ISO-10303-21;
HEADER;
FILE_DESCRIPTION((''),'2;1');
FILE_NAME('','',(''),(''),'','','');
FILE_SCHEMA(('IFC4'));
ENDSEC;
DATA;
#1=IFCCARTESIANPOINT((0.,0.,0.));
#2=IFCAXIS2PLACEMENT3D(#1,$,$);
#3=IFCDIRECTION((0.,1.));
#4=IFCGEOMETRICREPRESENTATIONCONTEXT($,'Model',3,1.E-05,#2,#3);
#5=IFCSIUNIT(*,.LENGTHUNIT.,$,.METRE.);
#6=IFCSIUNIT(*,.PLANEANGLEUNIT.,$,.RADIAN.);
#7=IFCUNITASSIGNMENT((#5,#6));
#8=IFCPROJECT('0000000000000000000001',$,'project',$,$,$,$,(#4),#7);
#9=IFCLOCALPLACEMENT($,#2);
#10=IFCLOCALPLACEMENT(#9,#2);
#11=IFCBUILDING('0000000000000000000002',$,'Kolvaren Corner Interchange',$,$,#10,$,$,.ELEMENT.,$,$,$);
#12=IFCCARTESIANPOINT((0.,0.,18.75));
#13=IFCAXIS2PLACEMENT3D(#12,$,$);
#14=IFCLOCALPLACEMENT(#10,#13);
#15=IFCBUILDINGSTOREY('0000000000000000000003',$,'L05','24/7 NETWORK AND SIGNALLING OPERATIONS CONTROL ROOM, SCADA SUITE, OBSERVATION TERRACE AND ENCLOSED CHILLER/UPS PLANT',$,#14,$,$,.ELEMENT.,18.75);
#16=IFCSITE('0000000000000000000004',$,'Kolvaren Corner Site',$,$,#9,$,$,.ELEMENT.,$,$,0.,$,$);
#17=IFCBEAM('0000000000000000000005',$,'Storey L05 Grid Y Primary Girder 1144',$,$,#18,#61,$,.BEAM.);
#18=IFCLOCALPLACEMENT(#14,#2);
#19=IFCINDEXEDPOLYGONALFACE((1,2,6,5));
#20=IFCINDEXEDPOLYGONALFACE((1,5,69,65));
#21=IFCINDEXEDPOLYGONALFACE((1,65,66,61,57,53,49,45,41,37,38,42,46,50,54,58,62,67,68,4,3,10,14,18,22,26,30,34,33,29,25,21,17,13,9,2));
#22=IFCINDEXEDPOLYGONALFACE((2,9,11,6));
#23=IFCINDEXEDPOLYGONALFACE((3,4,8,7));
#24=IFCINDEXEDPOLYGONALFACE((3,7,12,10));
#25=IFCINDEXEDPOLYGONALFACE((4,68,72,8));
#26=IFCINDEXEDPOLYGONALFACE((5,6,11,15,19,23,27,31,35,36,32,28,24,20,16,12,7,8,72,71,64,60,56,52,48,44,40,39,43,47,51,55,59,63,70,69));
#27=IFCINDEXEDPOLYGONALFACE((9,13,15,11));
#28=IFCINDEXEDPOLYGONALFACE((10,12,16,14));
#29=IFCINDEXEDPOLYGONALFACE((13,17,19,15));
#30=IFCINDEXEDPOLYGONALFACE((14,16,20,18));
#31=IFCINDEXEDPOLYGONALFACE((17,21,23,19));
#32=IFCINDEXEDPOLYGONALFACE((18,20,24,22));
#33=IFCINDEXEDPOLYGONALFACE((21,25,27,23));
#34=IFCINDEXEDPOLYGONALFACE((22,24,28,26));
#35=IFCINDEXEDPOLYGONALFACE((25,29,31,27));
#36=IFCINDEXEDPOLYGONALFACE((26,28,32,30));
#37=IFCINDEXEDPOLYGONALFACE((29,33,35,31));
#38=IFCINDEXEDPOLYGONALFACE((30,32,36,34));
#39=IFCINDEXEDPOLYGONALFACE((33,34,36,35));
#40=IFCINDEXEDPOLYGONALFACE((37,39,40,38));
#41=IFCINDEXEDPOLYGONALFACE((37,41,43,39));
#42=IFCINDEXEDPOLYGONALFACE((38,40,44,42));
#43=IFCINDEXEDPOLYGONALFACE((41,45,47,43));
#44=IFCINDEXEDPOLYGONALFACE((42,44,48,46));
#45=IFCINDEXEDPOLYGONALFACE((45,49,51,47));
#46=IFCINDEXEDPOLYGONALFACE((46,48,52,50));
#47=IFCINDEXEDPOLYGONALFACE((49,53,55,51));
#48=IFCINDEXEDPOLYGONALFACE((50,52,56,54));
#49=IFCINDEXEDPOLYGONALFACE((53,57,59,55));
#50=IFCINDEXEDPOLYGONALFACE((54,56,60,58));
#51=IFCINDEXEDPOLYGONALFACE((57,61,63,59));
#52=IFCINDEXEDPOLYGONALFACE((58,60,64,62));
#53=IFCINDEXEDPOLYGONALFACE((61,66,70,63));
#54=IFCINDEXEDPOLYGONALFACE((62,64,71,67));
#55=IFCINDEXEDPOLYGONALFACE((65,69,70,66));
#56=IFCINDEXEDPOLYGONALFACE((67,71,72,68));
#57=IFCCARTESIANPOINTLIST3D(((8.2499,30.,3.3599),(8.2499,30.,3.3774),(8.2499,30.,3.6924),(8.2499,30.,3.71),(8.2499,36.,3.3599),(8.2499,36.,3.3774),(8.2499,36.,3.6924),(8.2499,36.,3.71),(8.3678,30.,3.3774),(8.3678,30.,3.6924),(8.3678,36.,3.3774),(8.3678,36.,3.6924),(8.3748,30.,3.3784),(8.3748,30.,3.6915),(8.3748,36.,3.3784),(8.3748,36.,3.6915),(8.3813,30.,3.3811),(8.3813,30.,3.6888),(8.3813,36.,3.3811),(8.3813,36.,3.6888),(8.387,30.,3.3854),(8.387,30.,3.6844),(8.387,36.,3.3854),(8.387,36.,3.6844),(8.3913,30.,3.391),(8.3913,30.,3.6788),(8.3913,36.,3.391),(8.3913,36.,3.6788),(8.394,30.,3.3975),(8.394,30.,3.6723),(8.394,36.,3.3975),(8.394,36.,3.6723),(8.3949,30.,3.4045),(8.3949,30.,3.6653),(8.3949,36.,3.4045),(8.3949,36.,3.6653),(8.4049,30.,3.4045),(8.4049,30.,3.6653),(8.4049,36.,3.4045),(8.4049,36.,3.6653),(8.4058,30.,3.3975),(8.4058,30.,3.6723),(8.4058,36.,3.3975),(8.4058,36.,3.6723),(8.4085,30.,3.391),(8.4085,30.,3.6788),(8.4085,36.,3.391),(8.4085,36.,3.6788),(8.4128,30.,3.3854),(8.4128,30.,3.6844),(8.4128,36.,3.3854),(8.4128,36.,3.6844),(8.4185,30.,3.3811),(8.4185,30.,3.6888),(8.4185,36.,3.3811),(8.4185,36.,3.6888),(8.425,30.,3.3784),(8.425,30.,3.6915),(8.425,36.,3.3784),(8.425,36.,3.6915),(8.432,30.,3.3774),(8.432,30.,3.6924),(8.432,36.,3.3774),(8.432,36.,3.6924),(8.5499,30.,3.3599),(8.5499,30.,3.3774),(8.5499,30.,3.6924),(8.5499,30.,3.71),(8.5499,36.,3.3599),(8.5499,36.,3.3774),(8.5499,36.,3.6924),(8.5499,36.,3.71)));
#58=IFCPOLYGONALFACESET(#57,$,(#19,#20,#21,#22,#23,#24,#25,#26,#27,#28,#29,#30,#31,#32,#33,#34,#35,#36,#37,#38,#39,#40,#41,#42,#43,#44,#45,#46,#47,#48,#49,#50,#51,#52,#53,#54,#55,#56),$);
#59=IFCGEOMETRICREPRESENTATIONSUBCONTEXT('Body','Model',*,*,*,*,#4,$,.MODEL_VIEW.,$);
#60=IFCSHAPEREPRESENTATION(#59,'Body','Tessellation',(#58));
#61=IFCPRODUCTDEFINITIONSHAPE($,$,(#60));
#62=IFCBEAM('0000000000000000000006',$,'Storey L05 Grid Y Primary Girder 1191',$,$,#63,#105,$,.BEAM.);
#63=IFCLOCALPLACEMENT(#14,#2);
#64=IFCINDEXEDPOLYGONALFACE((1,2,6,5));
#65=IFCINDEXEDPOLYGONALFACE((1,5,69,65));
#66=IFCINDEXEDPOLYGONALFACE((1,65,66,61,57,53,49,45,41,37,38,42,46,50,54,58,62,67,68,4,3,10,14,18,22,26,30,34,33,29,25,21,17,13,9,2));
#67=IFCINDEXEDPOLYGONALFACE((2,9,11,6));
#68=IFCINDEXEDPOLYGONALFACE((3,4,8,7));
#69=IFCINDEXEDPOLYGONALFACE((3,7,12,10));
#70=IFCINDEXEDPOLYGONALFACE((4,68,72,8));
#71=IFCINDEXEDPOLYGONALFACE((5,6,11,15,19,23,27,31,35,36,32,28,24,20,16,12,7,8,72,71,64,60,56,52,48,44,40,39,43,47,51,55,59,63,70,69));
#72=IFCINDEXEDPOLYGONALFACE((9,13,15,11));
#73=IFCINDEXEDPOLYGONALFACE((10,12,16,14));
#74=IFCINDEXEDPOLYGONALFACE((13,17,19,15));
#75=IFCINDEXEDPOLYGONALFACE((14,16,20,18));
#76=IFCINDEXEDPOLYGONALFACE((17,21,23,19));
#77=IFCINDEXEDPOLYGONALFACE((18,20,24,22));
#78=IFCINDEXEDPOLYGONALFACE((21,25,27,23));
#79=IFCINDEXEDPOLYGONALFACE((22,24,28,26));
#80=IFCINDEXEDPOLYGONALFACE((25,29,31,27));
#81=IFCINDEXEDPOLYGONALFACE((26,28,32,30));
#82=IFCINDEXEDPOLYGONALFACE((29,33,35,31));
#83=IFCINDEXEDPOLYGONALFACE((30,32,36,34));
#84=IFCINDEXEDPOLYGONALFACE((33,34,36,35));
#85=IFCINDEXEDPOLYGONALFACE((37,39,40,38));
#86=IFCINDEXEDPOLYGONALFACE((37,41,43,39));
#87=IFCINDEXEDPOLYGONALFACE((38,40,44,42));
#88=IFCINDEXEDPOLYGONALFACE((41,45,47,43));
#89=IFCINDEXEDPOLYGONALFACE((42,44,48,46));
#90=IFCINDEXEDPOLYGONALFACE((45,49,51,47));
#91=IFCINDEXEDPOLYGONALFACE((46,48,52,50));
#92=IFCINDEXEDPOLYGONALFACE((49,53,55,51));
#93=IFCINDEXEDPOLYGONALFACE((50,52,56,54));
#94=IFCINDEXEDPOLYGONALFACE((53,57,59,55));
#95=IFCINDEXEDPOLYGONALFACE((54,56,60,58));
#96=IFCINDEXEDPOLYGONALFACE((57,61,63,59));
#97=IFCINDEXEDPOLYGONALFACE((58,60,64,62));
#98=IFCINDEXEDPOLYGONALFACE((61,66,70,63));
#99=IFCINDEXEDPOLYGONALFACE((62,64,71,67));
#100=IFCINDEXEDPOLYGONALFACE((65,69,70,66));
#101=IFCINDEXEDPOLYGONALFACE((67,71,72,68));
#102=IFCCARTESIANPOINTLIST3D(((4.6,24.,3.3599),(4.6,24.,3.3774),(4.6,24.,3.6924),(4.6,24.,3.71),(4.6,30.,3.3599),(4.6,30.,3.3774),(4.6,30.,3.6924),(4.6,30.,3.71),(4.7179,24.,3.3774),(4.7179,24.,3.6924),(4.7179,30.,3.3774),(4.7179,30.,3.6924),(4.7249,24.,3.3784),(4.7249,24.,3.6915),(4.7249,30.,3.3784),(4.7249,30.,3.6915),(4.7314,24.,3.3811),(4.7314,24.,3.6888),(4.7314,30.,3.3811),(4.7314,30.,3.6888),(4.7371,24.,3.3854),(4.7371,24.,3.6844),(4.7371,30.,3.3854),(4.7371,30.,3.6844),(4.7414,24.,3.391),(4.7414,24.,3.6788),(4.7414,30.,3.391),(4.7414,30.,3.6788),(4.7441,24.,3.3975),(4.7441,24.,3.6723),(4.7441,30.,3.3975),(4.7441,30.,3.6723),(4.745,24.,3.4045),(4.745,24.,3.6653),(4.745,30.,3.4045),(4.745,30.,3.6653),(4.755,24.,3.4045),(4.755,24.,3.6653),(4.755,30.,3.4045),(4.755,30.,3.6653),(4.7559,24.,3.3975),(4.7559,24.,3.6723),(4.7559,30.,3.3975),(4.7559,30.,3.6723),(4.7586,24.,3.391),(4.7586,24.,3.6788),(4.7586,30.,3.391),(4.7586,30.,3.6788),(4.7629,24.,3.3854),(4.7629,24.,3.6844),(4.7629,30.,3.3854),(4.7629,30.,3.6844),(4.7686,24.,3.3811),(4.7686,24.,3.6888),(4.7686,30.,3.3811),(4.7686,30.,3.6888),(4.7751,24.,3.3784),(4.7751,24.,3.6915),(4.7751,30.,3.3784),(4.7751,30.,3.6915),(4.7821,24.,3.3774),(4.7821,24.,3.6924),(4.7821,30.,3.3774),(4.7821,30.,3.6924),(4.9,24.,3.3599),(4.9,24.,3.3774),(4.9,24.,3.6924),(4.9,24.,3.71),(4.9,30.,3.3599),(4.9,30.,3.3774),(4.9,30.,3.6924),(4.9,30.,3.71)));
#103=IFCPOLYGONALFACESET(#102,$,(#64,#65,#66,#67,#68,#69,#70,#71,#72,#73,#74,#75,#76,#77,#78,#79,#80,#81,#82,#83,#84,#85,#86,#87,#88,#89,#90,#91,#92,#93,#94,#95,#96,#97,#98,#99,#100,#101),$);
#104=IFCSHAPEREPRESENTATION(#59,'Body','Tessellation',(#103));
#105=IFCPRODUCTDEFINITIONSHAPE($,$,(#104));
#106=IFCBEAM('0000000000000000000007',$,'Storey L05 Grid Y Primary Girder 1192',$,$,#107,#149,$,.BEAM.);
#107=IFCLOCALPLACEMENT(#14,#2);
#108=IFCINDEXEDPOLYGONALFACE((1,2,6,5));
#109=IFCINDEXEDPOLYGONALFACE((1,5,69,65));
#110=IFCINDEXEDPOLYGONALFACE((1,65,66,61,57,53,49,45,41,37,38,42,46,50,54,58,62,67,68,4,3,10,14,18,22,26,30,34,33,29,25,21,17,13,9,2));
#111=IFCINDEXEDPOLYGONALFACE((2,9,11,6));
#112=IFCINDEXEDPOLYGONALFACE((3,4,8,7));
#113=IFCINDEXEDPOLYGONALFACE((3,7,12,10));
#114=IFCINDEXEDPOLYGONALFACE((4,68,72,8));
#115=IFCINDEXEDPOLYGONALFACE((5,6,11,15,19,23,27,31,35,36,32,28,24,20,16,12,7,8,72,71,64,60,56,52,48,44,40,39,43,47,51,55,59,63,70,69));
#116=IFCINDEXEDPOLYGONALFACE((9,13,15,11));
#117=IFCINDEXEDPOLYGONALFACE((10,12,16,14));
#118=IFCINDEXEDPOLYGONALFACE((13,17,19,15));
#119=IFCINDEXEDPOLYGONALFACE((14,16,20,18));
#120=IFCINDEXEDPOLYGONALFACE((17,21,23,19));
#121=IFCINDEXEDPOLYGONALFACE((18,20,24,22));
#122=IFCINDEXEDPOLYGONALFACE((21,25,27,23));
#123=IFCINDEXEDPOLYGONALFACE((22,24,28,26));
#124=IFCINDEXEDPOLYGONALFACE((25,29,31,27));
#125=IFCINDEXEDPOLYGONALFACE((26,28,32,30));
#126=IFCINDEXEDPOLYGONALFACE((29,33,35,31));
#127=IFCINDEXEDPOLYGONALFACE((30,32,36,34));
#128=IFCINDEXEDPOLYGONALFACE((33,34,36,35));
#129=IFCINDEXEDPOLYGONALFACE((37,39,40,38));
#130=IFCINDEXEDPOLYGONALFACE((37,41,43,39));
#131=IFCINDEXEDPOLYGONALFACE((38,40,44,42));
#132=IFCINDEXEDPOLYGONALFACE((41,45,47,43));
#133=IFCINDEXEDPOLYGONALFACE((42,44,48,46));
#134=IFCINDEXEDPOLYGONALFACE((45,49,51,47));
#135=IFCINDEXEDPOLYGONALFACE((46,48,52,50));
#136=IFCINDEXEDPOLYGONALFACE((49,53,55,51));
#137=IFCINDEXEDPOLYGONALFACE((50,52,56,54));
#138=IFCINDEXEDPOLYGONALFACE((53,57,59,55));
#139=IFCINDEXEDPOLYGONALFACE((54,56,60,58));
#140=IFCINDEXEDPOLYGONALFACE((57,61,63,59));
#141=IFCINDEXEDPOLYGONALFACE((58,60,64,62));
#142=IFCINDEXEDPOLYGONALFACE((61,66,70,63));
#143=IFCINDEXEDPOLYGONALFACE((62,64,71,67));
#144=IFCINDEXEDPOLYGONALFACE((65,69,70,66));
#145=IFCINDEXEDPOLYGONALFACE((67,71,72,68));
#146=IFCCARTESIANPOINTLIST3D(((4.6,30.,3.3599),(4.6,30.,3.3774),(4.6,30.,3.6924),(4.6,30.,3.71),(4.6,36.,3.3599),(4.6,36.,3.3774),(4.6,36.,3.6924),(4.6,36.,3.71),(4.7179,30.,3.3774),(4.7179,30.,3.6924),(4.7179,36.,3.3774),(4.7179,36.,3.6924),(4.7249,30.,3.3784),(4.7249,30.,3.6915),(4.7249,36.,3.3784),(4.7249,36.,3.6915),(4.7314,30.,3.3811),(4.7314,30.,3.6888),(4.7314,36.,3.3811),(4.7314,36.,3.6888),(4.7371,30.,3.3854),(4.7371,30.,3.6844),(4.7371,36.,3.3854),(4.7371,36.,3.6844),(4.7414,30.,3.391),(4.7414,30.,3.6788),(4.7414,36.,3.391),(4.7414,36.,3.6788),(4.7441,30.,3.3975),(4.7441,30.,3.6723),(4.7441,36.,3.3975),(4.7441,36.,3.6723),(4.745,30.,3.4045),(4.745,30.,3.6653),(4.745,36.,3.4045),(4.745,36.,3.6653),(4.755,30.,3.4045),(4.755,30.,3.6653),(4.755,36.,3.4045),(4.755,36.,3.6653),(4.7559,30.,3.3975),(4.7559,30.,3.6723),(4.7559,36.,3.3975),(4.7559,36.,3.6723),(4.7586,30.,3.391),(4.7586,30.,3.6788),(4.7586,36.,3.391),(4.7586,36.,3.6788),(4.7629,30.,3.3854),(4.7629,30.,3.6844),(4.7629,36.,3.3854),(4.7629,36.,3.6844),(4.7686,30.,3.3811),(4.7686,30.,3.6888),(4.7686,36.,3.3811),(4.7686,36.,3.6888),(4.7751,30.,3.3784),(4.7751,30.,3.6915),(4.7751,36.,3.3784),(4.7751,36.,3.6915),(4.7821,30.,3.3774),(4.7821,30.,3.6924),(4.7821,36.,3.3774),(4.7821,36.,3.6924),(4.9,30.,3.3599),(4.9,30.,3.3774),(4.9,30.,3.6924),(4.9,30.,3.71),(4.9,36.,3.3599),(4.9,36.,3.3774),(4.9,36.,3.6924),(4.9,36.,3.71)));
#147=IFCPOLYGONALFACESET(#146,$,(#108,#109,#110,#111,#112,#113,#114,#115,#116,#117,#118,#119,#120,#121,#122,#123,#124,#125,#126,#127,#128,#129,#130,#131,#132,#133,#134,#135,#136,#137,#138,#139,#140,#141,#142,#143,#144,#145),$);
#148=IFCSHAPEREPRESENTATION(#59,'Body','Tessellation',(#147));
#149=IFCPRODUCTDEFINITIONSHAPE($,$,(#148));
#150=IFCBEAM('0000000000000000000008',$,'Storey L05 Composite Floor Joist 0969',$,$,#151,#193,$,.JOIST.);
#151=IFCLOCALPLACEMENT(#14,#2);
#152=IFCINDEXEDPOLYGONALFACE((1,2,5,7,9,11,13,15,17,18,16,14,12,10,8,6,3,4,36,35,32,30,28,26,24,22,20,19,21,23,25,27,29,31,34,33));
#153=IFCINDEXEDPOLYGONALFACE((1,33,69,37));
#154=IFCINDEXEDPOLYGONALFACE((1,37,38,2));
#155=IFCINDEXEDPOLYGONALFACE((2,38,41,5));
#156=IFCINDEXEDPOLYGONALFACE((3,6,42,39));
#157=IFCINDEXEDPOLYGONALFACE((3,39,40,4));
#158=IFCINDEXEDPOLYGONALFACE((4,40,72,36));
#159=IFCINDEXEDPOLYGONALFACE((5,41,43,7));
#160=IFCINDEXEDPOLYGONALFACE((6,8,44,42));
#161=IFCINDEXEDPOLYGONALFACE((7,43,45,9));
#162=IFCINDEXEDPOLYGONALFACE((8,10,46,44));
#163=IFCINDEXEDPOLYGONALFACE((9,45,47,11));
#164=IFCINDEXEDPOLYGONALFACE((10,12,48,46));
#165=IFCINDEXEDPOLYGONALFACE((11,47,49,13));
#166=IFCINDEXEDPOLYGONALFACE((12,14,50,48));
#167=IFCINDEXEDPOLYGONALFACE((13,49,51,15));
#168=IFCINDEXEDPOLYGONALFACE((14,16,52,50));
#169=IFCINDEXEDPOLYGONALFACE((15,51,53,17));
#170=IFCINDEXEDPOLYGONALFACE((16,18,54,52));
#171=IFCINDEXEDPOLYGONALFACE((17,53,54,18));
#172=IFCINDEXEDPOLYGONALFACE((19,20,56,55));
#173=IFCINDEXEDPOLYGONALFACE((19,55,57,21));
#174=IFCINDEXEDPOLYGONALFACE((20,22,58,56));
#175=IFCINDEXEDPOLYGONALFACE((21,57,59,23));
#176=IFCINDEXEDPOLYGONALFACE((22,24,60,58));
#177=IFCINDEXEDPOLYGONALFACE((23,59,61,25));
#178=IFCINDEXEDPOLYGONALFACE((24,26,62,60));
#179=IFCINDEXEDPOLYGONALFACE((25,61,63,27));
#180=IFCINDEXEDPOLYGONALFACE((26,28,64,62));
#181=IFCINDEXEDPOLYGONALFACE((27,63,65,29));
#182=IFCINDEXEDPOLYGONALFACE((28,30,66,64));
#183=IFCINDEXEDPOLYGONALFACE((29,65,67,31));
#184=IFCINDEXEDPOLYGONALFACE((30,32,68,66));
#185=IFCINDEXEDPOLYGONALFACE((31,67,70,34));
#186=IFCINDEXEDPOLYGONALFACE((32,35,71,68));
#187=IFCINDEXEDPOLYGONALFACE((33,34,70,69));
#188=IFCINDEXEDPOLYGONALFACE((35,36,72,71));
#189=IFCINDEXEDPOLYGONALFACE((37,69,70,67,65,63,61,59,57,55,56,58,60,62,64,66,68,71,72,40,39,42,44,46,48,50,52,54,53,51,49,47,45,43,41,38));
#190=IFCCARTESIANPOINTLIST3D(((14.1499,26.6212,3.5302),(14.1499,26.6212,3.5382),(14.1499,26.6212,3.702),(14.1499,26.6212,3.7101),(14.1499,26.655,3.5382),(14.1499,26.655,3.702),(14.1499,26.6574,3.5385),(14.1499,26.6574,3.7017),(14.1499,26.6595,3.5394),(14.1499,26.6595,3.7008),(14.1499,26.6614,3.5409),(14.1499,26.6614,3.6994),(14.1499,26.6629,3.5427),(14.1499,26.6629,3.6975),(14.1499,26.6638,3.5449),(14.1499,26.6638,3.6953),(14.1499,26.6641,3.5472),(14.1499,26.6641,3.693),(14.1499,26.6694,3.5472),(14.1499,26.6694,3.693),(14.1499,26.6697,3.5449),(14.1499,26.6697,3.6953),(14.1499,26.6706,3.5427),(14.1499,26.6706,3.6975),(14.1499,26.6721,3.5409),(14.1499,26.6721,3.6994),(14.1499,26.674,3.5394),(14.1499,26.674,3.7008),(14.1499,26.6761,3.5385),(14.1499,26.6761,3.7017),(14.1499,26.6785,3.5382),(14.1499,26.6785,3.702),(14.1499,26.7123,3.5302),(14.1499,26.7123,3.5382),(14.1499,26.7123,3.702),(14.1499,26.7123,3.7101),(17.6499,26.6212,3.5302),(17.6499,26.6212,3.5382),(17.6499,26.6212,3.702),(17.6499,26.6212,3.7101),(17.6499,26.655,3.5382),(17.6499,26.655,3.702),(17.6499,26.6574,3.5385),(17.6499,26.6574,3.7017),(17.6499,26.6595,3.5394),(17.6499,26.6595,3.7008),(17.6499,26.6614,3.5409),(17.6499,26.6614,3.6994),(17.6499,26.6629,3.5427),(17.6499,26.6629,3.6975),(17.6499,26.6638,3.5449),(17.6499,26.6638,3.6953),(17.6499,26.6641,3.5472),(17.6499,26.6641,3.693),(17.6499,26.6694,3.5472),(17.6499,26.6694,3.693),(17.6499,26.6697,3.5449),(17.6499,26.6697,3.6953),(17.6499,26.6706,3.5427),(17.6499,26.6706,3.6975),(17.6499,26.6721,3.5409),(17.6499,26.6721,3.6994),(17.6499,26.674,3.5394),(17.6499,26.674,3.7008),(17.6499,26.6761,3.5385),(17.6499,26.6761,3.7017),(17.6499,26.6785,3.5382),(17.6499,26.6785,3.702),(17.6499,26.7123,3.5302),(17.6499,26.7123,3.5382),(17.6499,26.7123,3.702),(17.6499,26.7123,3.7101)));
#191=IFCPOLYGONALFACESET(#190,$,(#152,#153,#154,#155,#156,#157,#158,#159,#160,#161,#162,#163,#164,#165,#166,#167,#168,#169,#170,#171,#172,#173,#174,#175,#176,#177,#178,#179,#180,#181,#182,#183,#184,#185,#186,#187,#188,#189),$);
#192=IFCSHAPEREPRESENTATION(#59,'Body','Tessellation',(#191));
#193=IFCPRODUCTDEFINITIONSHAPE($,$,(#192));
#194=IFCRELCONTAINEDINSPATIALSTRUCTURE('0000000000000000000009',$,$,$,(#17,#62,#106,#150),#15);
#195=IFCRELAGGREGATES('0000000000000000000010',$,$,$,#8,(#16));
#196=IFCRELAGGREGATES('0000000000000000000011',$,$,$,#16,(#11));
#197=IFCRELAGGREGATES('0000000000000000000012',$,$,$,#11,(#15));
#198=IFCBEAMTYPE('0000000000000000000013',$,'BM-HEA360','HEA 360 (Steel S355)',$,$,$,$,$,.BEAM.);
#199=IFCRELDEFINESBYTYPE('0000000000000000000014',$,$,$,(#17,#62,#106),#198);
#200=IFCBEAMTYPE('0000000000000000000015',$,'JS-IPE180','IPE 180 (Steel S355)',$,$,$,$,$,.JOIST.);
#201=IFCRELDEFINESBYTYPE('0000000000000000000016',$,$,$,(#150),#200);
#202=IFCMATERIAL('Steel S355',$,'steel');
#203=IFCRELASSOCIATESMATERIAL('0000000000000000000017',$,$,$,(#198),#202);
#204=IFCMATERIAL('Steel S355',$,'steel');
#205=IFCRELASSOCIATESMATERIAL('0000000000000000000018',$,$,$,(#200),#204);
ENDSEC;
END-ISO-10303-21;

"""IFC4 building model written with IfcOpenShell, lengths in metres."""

from ifc_helpers import new_model, si_unit, direction, frame, origin, origin_2d, place, context, subcontext, project, spatial, i_section, extrude, material, material_profile, profile_set, type_object, element, save


model = new_model("IFC4")

# Units and contexts
model_context = context("Model", 3, precision=1e-05, world=origin(), true_north=direction((0.0, 1.0)))
body_context = subcontext(model_context, "Body", "Model", "MODEL_VIEW")
ifc_project = project(units=[si_unit("LENGTHUNIT", "METRE"), si_unit("PLANEANGLEUNIT", "RADIAN")], contexts=[model_context])

# Site, building, storey
site_placement = place(None, origin())
site = spatial("IfcSite", under=ifc_project, at=site_placement, Name="Kolvaren Corner Site", CompositionType="ELEMENT", RefElevation=0.0)
building_placement = place(site_placement, origin())
building = spatial("IfcBuilding", under=site, at=building_placement, Name="Kolvaren Corner Interchange", CompositionType="ELEMENT")
storey_placement = place(building_placement, frame((0.0, 0.0, 18.75)))
storey = spatial("IfcBuildingStorey", under=building, at=storey_placement, Name="L05", Description="24/7 NETWORK AND SIGNALLING OPERATIONS CONTROL ROOM, SCADA SUITE, OBSERVATION TERRACE AND ENCLOSED CHILLER/UPS PLANT", CompositionType="ELEMENT", Elevation=18.75)

# Beams
ifc_material_1 = material(Name="Steel S355", Category="steel")
ifc_material_profile_1 = material_profile(ifc_material_1, i_section(OverallWidth=0.3, OverallDepth=0.3501, WebThickness=0.01, FlangeThickness=0.0176, FilletRadius=0.0271, at=origin_2d()), Name="HEA 360")
ifc_profile_set_1 = profile_set([ifc_material_profile_1], Name="Steel S355")
beam_type_1 = type_object("IfcBeamType", Name="BM-HEA360", Description="HEA 360 (Steel S355)", PredefinedType="BEAM", material=ifc_profile_set_1)
for number, where, z_axis, x_axis, name in (
    (1, (8.3999, 30.0, 3.5349), (0.0, 1.0, 0.0), (-1.0, 0.0, 0.0), "Storey L05 Grid Y Primary Girder 1144"),
    (2, (4.75, 24.0, 3.5349), (0.0, 1.0, 0.0), (-1.0, 0.0, 0.0), "Storey L05 Grid Y Primary Girder 1191"),
    (3, (4.75, 30.0, 3.5349), (0.0, 1.0, 0.0), (-1.0, 0.0, 0.0), "Storey L05 Grid Y Primary Girder 1192"),
):
    element("IfcBeam", number, at=place(storey_placement, frame(where, z_axis=z_axis, x_axis=x_axis)), inside=storey, type_object=beam_type_1, Name=name, PredefinedType="BEAM", context=body_context, shape_type="SweptSolid", body=[
        extrude(i_section(OverallWidth=0.3, OverallDepth=0.3501, WebThickness=0.01, FlangeThickness=0.0176, FilletRadius=0.0271, at=origin_2d()), origin(), (0.0, 0.0, 1.0), 6.0),
    ])
ifc_material_2 = material(Name="Steel S355", Category="steel")
ifc_material_profile_2 = material_profile(ifc_material_2, i_section(OverallWidth=0.0911, OverallDepth=0.1799, WebThickness=0.0054, FlangeThickness=0.0081, FilletRadius=0.009, at=origin_2d()), Name="IPE 180")
ifc_profile_set_2 = profile_set([ifc_material_profile_2], Name="Steel S355")
beam_type_2 = type_object("IfcBeamType", Name="JS-IPE180", Description="IPE 180 (Steel S355)", PredefinedType="JOIST", material=ifc_profile_set_2)
for number, where, z_axis, x_axis, name in (
    (4, (14.1499, 26.6667, 3.6201), (1.0, 0.0, 0.0), (0.0, 1.0, 0.0), "Storey L05 Composite Floor Joist 0969"),
):
    element("IfcBeam", number, at=place(storey_placement, frame(where, z_axis=z_axis, x_axis=x_axis)), inside=storey, type_object=beam_type_2, Name=name, PredefinedType="JOIST", context=body_context, shape_type="SweptSolid", body=[
        extrude(i_section(OverallWidth=0.0911, OverallDepth=0.1799, WebThickness=0.0054, FlangeThickness=0.0081, FilletRadius=0.009, at=origin_2d()), origin(), (0.0, 0.0, 1.0), 3.5),
    ])

save(model, "model.ifc")
